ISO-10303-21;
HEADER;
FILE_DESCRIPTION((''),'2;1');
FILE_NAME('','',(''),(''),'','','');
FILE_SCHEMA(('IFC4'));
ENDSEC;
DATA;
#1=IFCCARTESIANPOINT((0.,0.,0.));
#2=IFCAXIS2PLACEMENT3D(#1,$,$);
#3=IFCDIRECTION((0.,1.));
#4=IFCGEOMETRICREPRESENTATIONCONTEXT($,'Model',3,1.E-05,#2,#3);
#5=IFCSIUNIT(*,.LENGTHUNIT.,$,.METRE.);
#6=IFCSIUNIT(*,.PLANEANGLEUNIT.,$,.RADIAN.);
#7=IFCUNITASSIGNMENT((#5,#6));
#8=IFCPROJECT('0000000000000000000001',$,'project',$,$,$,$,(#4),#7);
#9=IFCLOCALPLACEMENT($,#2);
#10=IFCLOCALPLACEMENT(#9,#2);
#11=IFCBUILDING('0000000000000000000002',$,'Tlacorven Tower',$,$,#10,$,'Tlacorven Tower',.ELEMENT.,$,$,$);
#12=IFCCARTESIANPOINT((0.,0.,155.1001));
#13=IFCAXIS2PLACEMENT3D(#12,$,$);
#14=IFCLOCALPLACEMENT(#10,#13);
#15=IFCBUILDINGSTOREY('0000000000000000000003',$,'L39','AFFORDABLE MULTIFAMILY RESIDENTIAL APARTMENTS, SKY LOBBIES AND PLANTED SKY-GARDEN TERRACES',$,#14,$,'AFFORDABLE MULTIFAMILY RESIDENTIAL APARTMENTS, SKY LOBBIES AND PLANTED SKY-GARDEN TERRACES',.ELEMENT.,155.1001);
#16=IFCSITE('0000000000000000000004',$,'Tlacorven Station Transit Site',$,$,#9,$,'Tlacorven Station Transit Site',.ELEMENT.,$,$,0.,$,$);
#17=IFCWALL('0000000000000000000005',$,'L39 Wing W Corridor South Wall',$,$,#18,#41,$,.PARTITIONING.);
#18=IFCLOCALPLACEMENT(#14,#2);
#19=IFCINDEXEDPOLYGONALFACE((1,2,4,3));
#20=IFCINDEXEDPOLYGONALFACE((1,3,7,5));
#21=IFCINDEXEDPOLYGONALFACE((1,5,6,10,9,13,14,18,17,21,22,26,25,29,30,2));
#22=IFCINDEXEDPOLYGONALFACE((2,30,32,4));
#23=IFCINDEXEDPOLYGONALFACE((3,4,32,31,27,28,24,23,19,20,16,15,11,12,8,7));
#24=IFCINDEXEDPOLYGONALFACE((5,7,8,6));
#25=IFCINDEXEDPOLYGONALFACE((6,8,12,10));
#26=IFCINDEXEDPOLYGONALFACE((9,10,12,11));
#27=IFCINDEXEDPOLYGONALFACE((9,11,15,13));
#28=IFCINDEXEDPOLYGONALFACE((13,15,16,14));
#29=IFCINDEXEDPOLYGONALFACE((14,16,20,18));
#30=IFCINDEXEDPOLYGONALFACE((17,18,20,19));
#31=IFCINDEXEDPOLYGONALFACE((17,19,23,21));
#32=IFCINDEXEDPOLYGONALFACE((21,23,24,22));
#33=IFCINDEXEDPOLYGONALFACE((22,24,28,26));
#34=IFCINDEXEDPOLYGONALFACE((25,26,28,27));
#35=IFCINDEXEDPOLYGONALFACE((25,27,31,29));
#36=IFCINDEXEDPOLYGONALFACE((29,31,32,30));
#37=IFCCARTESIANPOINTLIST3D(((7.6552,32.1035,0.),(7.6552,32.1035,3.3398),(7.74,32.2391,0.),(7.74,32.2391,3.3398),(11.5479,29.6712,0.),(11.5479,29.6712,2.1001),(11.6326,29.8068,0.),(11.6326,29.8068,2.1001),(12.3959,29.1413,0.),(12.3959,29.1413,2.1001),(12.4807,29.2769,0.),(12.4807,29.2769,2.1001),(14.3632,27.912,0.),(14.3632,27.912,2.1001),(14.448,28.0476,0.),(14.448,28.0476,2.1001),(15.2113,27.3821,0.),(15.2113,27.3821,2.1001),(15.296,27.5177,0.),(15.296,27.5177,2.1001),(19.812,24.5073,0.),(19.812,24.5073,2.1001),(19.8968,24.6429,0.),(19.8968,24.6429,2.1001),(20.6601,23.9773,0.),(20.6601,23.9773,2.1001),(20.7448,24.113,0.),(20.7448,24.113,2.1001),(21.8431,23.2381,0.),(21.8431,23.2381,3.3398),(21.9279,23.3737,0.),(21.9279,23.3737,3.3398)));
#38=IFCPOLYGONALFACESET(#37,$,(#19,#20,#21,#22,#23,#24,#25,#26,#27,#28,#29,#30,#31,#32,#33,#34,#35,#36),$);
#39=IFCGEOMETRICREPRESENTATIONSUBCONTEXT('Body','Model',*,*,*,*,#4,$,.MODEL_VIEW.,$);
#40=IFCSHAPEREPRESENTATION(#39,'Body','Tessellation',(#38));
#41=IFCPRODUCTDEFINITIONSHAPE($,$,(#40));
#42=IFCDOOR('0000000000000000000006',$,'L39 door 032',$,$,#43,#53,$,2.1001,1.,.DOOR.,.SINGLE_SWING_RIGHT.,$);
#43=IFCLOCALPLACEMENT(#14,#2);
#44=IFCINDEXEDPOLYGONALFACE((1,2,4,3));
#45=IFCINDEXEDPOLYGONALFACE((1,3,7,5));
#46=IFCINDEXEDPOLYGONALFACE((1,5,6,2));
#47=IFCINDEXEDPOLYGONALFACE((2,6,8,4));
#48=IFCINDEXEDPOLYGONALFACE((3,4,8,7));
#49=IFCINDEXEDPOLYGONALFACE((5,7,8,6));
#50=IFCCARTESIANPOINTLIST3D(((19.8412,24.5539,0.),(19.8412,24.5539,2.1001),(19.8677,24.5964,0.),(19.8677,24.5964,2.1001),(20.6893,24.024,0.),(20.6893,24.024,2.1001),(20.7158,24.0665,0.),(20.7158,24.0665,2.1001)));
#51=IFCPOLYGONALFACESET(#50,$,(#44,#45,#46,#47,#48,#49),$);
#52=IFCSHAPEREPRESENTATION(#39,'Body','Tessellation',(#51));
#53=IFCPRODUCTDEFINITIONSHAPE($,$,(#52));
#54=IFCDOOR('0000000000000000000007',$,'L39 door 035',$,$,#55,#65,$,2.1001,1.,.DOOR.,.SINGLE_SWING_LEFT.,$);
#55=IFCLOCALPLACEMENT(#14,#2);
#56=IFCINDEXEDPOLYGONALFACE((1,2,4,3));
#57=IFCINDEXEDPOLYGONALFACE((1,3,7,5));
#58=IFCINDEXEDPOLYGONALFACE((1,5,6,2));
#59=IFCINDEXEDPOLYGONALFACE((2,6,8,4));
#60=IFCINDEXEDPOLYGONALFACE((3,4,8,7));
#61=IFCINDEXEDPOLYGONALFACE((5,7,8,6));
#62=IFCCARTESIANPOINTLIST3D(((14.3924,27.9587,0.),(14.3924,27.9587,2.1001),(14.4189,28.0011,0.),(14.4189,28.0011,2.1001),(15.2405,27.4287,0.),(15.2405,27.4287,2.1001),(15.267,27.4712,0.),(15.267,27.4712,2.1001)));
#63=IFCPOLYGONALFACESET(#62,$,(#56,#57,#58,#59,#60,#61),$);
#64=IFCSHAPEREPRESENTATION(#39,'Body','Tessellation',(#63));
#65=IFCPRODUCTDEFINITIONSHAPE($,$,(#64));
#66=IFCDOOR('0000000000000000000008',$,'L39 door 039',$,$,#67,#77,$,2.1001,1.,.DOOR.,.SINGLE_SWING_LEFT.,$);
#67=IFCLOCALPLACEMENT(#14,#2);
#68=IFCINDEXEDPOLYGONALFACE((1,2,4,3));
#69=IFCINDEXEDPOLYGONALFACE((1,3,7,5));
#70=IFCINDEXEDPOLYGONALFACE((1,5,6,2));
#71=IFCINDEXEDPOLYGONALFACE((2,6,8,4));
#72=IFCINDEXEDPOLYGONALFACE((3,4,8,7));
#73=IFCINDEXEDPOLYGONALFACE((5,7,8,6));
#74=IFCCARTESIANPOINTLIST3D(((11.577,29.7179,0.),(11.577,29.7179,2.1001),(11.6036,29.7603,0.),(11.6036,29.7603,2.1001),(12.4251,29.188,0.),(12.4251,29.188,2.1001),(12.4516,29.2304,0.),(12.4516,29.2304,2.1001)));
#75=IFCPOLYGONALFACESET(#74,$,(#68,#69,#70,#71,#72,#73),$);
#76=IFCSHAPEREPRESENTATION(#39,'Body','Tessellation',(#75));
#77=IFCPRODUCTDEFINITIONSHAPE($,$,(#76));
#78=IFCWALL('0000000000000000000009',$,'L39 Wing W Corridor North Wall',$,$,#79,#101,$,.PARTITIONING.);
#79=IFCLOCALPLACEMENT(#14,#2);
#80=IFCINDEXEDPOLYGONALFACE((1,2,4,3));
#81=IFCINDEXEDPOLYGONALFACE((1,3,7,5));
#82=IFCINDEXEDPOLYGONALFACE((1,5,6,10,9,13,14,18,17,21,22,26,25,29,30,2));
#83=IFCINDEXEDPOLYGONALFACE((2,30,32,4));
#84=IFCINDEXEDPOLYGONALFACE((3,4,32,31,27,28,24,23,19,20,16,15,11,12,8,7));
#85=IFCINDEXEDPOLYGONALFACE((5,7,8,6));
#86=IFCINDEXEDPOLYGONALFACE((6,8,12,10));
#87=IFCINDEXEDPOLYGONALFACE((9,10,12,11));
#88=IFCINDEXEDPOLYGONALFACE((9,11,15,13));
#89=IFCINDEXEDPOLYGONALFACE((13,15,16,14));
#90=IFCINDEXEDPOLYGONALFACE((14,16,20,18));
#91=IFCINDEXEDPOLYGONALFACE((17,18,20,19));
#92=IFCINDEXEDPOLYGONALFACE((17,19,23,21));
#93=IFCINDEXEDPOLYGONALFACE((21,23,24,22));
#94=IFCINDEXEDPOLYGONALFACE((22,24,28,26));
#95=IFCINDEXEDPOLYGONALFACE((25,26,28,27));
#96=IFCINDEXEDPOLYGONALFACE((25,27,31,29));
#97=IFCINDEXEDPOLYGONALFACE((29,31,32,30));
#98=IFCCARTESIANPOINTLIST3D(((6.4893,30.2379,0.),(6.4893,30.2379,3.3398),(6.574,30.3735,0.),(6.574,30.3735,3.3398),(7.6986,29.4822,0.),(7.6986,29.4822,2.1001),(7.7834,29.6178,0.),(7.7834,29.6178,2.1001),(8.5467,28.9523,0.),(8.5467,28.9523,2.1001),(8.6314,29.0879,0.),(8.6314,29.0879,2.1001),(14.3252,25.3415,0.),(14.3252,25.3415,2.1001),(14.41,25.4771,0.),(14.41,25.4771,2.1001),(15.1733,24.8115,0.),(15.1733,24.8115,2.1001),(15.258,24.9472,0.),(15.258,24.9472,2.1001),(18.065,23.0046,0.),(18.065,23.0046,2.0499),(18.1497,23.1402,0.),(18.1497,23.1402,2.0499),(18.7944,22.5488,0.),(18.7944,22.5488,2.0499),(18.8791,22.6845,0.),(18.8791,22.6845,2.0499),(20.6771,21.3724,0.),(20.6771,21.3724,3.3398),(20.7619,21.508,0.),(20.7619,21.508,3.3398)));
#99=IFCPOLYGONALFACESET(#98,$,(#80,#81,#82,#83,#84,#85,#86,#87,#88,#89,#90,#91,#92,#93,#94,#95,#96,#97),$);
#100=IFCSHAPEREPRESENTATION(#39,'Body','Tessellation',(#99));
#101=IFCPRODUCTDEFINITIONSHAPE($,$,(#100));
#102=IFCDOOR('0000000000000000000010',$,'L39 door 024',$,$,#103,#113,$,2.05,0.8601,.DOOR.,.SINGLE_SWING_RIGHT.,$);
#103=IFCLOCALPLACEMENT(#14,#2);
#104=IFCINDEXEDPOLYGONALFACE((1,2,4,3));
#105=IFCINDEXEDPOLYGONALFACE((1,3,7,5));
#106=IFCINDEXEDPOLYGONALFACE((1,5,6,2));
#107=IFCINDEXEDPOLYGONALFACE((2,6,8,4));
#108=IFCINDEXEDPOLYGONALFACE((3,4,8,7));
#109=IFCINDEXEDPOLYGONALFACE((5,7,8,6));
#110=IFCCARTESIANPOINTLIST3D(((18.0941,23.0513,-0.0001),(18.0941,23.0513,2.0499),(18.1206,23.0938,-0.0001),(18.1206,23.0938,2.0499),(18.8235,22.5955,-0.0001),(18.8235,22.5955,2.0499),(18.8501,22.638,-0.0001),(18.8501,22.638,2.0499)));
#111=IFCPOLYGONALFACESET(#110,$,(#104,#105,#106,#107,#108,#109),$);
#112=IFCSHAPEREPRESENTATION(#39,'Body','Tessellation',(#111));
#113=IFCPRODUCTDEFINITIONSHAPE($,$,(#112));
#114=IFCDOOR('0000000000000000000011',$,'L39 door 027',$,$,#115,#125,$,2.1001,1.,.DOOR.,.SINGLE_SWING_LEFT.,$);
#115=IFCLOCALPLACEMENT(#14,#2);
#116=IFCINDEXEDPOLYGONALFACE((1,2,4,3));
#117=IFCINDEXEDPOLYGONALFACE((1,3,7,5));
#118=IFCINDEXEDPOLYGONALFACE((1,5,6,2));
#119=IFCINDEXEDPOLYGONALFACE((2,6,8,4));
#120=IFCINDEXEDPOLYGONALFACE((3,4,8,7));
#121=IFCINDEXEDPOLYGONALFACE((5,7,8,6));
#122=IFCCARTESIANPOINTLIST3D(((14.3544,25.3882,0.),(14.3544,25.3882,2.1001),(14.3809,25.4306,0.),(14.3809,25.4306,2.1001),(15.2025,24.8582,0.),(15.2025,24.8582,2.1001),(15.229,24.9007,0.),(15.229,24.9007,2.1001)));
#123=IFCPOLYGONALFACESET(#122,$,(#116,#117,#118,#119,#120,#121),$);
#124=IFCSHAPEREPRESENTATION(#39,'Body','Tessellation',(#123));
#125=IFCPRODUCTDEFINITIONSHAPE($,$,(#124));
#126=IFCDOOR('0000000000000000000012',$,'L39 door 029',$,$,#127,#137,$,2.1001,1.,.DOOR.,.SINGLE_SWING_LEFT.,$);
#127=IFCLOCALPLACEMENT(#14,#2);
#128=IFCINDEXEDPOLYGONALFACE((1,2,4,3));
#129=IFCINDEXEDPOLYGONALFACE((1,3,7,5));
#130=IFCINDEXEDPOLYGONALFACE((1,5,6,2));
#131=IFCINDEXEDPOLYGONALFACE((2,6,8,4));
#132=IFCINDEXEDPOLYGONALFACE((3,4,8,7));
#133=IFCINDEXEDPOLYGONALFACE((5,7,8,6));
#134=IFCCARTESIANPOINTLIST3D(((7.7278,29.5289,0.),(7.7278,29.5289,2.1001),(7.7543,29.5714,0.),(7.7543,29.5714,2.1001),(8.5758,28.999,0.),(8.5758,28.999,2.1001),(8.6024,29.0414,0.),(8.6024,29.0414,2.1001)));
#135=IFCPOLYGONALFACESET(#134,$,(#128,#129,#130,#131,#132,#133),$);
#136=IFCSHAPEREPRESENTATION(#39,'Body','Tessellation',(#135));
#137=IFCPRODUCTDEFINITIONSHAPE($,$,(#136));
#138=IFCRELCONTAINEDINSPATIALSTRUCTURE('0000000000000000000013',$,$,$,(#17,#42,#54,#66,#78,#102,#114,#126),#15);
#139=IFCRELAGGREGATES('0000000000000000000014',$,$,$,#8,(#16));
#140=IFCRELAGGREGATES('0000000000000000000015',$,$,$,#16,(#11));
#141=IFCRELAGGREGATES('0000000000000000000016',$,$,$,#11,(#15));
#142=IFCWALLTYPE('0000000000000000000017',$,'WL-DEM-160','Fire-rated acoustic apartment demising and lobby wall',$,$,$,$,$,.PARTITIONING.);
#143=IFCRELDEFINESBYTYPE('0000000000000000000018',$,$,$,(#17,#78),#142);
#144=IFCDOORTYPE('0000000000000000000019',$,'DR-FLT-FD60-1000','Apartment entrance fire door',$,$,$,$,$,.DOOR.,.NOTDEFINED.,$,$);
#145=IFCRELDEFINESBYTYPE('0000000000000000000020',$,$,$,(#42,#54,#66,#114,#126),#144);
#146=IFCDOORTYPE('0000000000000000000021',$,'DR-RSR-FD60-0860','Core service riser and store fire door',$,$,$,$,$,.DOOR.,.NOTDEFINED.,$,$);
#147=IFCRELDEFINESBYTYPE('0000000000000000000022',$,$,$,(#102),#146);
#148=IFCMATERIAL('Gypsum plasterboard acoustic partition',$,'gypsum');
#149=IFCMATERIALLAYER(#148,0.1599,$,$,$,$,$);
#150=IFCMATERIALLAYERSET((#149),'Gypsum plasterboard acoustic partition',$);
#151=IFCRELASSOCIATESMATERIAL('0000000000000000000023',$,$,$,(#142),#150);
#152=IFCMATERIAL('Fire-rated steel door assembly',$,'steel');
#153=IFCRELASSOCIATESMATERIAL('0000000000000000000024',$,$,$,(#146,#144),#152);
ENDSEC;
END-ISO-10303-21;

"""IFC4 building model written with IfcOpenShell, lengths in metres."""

from ifc_helpers import new_model, si_unit, direction, frame, frame_2d, origin, place, context, subcontext, project, spatial, rectangle, extrude, source, transform, mapped, material, layer, layer_set, type_object, element, fill, save


model = new_model("IFC4")

# Units and contexts
model_context = context("Model", 3, precision=1e-05, world=origin(), true_north=direction((0.0, 1.0)))
body_context = subcontext(model_context, "Body", "Model", "MODEL_VIEW")
ifc_project = project(units=[si_unit("LENGTHUNIT", "METRE"), si_unit("PLANEANGLEUNIT", "RADIAN")], contexts=[model_context])

# Site, building, storey
site_placement = place(None, origin())
site = spatial("IfcSite", under=ifc_project, at=site_placement, Name="Tlacorven Station Transit Site", LongName="Tlacorven Station Transit Site", CompositionType="ELEMENT", RefElevation=0.0)
building_placement = place(site_placement, origin())
building = spatial("IfcBuilding", under=site, at=building_placement, Name="Tlacorven Tower", LongName="Tlacorven Tower", CompositionType="ELEMENT")
storey_placement = place(building_placement, frame((0.0, 0.0, 155.1001)))
storey = spatial("IfcBuildingStorey", under=building, at=storey_placement, Name="L39", Description="AFFORDABLE MULTIFAMILY RESIDENTIAL APARTMENTS, SKY LOBBIES AND PLANTED SKY-GARDEN TERRACES", LongName="AFFORDABLE MULTIFAMILY RESIDENTIAL APARTMENTS, SKY LOBBIES AND PLANTED SKY-GARDEN TERRACES", CompositionType="ELEMENT", Elevation=155.1001)

# Shared definitions
ifc_material_1 = material(Name="Gypsum plasterboard acoustic partition", Category="gypsum")
ifc_layer_1 = layer(ifc_material_1, 0.1599)
ifc_layer_set_1 = layer_set([ifc_layer_1], Name="Gypsum plasterboard acoustic partition")
wall_type_1 = type_object("IfcWallType", Name="WL-DEM-160", Description="Fire-rated acoustic apartment demising and lobby wall", PredefinedType="PARTITIONING", material=ifc_layer_set_1)
ifc_material_2 = material(Name="Fire-rated steel door assembly", Category="steel")
door_type_1 = type_object("IfcDoorType", Name="DR-RSR-FD60-0860", Description="Core service riser and store fire door", OperationType="NOTDEFINED", PredefinedType="DOOR", material=ifc_material_2)
shared_shape_1 = source(origin(), body_context, "Body", "SweptSolid", [
    extrude(rectangle(XDim=0.8601, YDim=2.05, at=frame_2d((0.4302, 1.0249))), frame((0.0, 0.0249, 0.0), z_axis=(0.0, -1.0, 0.0), x_axis=(1.0, 0.0, 0.0)), (0.0, 0.0, 1.0), 0.05),
])

# Walls, openings, doors
wall_1_placement = place(storey_placement, frame((21.8855, 23.3059, 0.0), z_axis=(0.0, 0.0, 1.0), x_axis=(-0.848052, 0.529912, 0.0)))
wall_1 = element("IfcWall", 1, at=wall_1_placement, inside=storey, type_object=wall_type_1, Name="L39 Wing W Corridor South Wall", PredefinedType="PARTITIONING", context=body_context, shape_type="SweptSolid", body=[
    extrude(rectangle(XDim=16.73, YDim=0.1599, at=frame_2d((8.365, 0.0))), origin(), (0.0, 0.0, 1.0), 3.3398),
])
opening_1_placement = place(wall_1_placement, frame((1.395, 0.0, 0.0)))
opening_1 = element("IfcOpeningElement", 2, at=opening_1_placement, cuts=wall_1, PredefinedType="OPENING", context=body_context, shape_type="SweptSolid", body=[
    extrude(rectangle(XDim=1.0, YDim=2.1001, at=frame_2d((0.5, 1.05))), frame((0.0, 0.0898, 0.0), z_axis=(0.0, -1.0, 0.0), x_axis=(1.0, 0.0, 0.0)), (0.0, 0.0, 1.0), 0.1799),
])
opening_2_placement = place(wall_1_placement, frame((7.8201, 0.0, 0.0)))
opening_2 = element("IfcOpeningElement", 3, at=opening_2_placement, cuts=wall_1, PredefinedType="OPENING", context=body_context, shape_type="SweptSolid", body=[
    extrude(rectangle(XDim=1.0, YDim=2.1001, at=frame_2d((0.5, 1.05))), frame((0.0, 0.0898, 0.0), z_axis=(0.0, -1.0, 0.0), x_axis=(1.0, 0.0, 0.0)), (0.0, 0.0, 1.0), 0.1799),
])
opening_3_placement = place(wall_1_placement, frame((11.1399, 0.0, 0.0)))
opening_3 = element("IfcOpeningElement", 4, at=opening_3_placement, cuts=wall_1, PredefinedType="OPENING", context=body_context, shape_type="SweptSolid", body=[
    extrude(rectangle(XDim=1.0, YDim=2.1001, at=frame_2d((0.5, 1.05))), frame((0.0, 0.0898, 0.0), z_axis=(0.0, -1.0, 0.0), x_axis=(1.0, 0.0, 0.0)), (0.0, 0.0, 1.0), 0.1799),
])
door_type_2 = type_object("IfcDoorType", Name="DR-FLT-FD60-1000", Description="Apartment entrance fire door", OperationType="NOTDEFINED", PredefinedType="DOOR", material=ifc_material_2)
shared_shape_2 = source(origin(), body_context, "Body", "SweptSolid", [
    extrude(rectangle(XDim=1.0, YDim=2.1001, at=frame_2d((0.5, 1.05))), frame((0.0, 0.0249, 0.0), z_axis=(0.0, -1.0, 0.0), x_axis=(1.0, 0.0, 0.0)), (0.0, 0.0, 1.0), 0.05),
])
door_1_placement = place(opening_1_placement, origin())
door_1 = element("IfcDoor", 5, at=door_1_placement, inside=storey, type_object=door_type_2, Name="L39 door 032", OperationType="SINGLE_SWING_RIGHT", OverallHeight=2.1001, OverallWidth=1.0, PredefinedType="DOOR", context=body_context, shape_type="MappedRepresentation", body=[
    mapped(shared_shape_2, transform((0.0, 0.0, 0.0), scale=1.0)),
])
fill(opening_1, door_1)
door_2_placement = place(opening_2_placement, origin())
door_2 = element("IfcDoor", 6, at=door_2_placement, inside=storey, type_object=door_type_2, Name="L39 door 035", OperationType="SINGLE_SWING_LEFT", OverallHeight=2.1001, OverallWidth=1.0, PredefinedType="DOOR", context=body_context, shape_type="MappedRepresentation", body=[
    mapped(shared_shape_2, transform((0.0, 0.0, 0.0), scale=1.0)),
])
fill(opening_2, door_2)
door_3_placement = place(opening_3_placement, origin())
door_3 = element("IfcDoor", 7, at=door_3_placement, inside=storey, type_object=door_type_2, Name="L39 door 039", OperationType="SINGLE_SWING_LEFT", OverallHeight=2.1001, OverallWidth=1.0, PredefinedType="DOOR", context=body_context, shape_type="MappedRepresentation", body=[
    mapped(shared_shape_2, transform((0.0, 0.0, 0.0), scale=1.0)),
])
fill(opening_3, door_3)
wall_2_placement = place(storey_placement, frame((20.7195, 21.4402, 0.0), z_axis=(0.0, 0.0, 1.0), x_axis=(-0.848048, 0.529919, 0.0)))
wall_2 = element("IfcWall", 8, at=wall_2_placement, inside=storey, type_object=wall_type_1, Name="L39 Wing W Corridor North Wall", PredefinedType="PARTITIONING", context=body_context, shape_type="SweptSolid", body=[
    extrude(rectangle(XDim=16.73, YDim=0.1599, at=frame_2d((8.365, 0.0))), origin(), (0.0, 0.0, 1.0), 3.3398),
])
opening_4_placement = place(wall_2_placement, frame((2.22, 0.0, 0.0)))
opening_4 = element("IfcOpeningElement", 9, at=opening_4_placement, cuts=wall_2, PredefinedType="OPENING", context=body_context, shape_type="SweptSolid", body=[
    extrude(rectangle(XDim=0.8601, YDim=2.05, at=frame_2d((0.4302, 1.0249))), frame((0.0, 0.0898, 0.0), z_axis=(0.0, -1.0, 0.0), x_axis=(1.0, 0.0, 0.0)), (0.0, 0.0, 1.0), 0.1799),
])
opening_5_placement = place(wall_2_placement, frame((6.49, 0.0, 0.0)))
opening_5 = element("IfcOpeningElement", 10, at=opening_5_placement, cuts=wall_2, PredefinedType="OPENING", context=body_context, shape_type="SweptSolid", body=[
    extrude(rectangle(XDim=1.0, YDim=2.1001, at=frame_2d((0.5, 1.05))), frame((0.0, 0.0898, 0.0), z_axis=(0.0, -1.0, 0.0), x_axis=(1.0, 0.0, 0.0)), (0.0, 0.0, 1.0), 0.1799),
])
opening_6_placement = place(wall_2_placement, frame((14.304, 0.0, 0.0)))
opening_6 = element("IfcOpeningElement", 11, at=opening_6_placement, cuts=wall_2, PredefinedType="OPENING", context=body_context, shape_type="SweptSolid", body=[
    extrude(rectangle(XDim=1.0, YDim=2.1001, at=frame_2d((0.5, 1.05))), frame((0.0, 0.0898, 0.0), z_axis=(0.0, -1.0, 0.0), x_axis=(1.0, 0.0, 0.0)), (0.0, 0.0, 1.0), 0.1799),
])
door_4_placement = place(opening_4_placement, origin())
door_4 = element("IfcDoor", 12, at=door_4_placement, inside=storey, type_object=door_type_1, Name="L39 door 024", OperationType="SINGLE_SWING_RIGHT", OverallHeight=2.05, OverallWidth=0.8601, PredefinedType="DOOR", context=body_context, shape_type="MappedRepresentation", body=[
    mapped(shared_shape_1, transform((0.0, 0.0, 0.0), scale=1.0)),
])
fill(opening_4, door_4)
door_5_placement = place(opening_5_placement, origin())
door_5 = element("IfcDoor", 13, at=door_5_placement, inside=storey, type_object=door_type_2, Name="L39 door 027", OperationType="SINGLE_SWING_LEFT", OverallHeight=2.1001, OverallWidth=1.0, PredefinedType="DOOR", context=body_context, shape_type="MappedRepresentation", body=[
    mapped(shared_shape_2, transform((0.0, 0.0, 0.0), scale=1.0)),
])
fill(opening_5, door_5)
door_6_placement = place(opening_6_placement, origin())
door_6 = element("IfcDoor", 14, at=door_6_placement, inside=storey, type_object=door_type_2, Name="L39 door 029", OperationType="SINGLE_SWING_LEFT", OverallHeight=2.1001, OverallWidth=1.0, PredefinedType="DOOR", context=body_context, shape_type="MappedRepresentation", body=[
    mapped(shared_shape_2, transform((0.0, 0.0, 0.0), scale=1.0)),
])
fill(opening_6, door_6)

save(model, "model.ifc")
